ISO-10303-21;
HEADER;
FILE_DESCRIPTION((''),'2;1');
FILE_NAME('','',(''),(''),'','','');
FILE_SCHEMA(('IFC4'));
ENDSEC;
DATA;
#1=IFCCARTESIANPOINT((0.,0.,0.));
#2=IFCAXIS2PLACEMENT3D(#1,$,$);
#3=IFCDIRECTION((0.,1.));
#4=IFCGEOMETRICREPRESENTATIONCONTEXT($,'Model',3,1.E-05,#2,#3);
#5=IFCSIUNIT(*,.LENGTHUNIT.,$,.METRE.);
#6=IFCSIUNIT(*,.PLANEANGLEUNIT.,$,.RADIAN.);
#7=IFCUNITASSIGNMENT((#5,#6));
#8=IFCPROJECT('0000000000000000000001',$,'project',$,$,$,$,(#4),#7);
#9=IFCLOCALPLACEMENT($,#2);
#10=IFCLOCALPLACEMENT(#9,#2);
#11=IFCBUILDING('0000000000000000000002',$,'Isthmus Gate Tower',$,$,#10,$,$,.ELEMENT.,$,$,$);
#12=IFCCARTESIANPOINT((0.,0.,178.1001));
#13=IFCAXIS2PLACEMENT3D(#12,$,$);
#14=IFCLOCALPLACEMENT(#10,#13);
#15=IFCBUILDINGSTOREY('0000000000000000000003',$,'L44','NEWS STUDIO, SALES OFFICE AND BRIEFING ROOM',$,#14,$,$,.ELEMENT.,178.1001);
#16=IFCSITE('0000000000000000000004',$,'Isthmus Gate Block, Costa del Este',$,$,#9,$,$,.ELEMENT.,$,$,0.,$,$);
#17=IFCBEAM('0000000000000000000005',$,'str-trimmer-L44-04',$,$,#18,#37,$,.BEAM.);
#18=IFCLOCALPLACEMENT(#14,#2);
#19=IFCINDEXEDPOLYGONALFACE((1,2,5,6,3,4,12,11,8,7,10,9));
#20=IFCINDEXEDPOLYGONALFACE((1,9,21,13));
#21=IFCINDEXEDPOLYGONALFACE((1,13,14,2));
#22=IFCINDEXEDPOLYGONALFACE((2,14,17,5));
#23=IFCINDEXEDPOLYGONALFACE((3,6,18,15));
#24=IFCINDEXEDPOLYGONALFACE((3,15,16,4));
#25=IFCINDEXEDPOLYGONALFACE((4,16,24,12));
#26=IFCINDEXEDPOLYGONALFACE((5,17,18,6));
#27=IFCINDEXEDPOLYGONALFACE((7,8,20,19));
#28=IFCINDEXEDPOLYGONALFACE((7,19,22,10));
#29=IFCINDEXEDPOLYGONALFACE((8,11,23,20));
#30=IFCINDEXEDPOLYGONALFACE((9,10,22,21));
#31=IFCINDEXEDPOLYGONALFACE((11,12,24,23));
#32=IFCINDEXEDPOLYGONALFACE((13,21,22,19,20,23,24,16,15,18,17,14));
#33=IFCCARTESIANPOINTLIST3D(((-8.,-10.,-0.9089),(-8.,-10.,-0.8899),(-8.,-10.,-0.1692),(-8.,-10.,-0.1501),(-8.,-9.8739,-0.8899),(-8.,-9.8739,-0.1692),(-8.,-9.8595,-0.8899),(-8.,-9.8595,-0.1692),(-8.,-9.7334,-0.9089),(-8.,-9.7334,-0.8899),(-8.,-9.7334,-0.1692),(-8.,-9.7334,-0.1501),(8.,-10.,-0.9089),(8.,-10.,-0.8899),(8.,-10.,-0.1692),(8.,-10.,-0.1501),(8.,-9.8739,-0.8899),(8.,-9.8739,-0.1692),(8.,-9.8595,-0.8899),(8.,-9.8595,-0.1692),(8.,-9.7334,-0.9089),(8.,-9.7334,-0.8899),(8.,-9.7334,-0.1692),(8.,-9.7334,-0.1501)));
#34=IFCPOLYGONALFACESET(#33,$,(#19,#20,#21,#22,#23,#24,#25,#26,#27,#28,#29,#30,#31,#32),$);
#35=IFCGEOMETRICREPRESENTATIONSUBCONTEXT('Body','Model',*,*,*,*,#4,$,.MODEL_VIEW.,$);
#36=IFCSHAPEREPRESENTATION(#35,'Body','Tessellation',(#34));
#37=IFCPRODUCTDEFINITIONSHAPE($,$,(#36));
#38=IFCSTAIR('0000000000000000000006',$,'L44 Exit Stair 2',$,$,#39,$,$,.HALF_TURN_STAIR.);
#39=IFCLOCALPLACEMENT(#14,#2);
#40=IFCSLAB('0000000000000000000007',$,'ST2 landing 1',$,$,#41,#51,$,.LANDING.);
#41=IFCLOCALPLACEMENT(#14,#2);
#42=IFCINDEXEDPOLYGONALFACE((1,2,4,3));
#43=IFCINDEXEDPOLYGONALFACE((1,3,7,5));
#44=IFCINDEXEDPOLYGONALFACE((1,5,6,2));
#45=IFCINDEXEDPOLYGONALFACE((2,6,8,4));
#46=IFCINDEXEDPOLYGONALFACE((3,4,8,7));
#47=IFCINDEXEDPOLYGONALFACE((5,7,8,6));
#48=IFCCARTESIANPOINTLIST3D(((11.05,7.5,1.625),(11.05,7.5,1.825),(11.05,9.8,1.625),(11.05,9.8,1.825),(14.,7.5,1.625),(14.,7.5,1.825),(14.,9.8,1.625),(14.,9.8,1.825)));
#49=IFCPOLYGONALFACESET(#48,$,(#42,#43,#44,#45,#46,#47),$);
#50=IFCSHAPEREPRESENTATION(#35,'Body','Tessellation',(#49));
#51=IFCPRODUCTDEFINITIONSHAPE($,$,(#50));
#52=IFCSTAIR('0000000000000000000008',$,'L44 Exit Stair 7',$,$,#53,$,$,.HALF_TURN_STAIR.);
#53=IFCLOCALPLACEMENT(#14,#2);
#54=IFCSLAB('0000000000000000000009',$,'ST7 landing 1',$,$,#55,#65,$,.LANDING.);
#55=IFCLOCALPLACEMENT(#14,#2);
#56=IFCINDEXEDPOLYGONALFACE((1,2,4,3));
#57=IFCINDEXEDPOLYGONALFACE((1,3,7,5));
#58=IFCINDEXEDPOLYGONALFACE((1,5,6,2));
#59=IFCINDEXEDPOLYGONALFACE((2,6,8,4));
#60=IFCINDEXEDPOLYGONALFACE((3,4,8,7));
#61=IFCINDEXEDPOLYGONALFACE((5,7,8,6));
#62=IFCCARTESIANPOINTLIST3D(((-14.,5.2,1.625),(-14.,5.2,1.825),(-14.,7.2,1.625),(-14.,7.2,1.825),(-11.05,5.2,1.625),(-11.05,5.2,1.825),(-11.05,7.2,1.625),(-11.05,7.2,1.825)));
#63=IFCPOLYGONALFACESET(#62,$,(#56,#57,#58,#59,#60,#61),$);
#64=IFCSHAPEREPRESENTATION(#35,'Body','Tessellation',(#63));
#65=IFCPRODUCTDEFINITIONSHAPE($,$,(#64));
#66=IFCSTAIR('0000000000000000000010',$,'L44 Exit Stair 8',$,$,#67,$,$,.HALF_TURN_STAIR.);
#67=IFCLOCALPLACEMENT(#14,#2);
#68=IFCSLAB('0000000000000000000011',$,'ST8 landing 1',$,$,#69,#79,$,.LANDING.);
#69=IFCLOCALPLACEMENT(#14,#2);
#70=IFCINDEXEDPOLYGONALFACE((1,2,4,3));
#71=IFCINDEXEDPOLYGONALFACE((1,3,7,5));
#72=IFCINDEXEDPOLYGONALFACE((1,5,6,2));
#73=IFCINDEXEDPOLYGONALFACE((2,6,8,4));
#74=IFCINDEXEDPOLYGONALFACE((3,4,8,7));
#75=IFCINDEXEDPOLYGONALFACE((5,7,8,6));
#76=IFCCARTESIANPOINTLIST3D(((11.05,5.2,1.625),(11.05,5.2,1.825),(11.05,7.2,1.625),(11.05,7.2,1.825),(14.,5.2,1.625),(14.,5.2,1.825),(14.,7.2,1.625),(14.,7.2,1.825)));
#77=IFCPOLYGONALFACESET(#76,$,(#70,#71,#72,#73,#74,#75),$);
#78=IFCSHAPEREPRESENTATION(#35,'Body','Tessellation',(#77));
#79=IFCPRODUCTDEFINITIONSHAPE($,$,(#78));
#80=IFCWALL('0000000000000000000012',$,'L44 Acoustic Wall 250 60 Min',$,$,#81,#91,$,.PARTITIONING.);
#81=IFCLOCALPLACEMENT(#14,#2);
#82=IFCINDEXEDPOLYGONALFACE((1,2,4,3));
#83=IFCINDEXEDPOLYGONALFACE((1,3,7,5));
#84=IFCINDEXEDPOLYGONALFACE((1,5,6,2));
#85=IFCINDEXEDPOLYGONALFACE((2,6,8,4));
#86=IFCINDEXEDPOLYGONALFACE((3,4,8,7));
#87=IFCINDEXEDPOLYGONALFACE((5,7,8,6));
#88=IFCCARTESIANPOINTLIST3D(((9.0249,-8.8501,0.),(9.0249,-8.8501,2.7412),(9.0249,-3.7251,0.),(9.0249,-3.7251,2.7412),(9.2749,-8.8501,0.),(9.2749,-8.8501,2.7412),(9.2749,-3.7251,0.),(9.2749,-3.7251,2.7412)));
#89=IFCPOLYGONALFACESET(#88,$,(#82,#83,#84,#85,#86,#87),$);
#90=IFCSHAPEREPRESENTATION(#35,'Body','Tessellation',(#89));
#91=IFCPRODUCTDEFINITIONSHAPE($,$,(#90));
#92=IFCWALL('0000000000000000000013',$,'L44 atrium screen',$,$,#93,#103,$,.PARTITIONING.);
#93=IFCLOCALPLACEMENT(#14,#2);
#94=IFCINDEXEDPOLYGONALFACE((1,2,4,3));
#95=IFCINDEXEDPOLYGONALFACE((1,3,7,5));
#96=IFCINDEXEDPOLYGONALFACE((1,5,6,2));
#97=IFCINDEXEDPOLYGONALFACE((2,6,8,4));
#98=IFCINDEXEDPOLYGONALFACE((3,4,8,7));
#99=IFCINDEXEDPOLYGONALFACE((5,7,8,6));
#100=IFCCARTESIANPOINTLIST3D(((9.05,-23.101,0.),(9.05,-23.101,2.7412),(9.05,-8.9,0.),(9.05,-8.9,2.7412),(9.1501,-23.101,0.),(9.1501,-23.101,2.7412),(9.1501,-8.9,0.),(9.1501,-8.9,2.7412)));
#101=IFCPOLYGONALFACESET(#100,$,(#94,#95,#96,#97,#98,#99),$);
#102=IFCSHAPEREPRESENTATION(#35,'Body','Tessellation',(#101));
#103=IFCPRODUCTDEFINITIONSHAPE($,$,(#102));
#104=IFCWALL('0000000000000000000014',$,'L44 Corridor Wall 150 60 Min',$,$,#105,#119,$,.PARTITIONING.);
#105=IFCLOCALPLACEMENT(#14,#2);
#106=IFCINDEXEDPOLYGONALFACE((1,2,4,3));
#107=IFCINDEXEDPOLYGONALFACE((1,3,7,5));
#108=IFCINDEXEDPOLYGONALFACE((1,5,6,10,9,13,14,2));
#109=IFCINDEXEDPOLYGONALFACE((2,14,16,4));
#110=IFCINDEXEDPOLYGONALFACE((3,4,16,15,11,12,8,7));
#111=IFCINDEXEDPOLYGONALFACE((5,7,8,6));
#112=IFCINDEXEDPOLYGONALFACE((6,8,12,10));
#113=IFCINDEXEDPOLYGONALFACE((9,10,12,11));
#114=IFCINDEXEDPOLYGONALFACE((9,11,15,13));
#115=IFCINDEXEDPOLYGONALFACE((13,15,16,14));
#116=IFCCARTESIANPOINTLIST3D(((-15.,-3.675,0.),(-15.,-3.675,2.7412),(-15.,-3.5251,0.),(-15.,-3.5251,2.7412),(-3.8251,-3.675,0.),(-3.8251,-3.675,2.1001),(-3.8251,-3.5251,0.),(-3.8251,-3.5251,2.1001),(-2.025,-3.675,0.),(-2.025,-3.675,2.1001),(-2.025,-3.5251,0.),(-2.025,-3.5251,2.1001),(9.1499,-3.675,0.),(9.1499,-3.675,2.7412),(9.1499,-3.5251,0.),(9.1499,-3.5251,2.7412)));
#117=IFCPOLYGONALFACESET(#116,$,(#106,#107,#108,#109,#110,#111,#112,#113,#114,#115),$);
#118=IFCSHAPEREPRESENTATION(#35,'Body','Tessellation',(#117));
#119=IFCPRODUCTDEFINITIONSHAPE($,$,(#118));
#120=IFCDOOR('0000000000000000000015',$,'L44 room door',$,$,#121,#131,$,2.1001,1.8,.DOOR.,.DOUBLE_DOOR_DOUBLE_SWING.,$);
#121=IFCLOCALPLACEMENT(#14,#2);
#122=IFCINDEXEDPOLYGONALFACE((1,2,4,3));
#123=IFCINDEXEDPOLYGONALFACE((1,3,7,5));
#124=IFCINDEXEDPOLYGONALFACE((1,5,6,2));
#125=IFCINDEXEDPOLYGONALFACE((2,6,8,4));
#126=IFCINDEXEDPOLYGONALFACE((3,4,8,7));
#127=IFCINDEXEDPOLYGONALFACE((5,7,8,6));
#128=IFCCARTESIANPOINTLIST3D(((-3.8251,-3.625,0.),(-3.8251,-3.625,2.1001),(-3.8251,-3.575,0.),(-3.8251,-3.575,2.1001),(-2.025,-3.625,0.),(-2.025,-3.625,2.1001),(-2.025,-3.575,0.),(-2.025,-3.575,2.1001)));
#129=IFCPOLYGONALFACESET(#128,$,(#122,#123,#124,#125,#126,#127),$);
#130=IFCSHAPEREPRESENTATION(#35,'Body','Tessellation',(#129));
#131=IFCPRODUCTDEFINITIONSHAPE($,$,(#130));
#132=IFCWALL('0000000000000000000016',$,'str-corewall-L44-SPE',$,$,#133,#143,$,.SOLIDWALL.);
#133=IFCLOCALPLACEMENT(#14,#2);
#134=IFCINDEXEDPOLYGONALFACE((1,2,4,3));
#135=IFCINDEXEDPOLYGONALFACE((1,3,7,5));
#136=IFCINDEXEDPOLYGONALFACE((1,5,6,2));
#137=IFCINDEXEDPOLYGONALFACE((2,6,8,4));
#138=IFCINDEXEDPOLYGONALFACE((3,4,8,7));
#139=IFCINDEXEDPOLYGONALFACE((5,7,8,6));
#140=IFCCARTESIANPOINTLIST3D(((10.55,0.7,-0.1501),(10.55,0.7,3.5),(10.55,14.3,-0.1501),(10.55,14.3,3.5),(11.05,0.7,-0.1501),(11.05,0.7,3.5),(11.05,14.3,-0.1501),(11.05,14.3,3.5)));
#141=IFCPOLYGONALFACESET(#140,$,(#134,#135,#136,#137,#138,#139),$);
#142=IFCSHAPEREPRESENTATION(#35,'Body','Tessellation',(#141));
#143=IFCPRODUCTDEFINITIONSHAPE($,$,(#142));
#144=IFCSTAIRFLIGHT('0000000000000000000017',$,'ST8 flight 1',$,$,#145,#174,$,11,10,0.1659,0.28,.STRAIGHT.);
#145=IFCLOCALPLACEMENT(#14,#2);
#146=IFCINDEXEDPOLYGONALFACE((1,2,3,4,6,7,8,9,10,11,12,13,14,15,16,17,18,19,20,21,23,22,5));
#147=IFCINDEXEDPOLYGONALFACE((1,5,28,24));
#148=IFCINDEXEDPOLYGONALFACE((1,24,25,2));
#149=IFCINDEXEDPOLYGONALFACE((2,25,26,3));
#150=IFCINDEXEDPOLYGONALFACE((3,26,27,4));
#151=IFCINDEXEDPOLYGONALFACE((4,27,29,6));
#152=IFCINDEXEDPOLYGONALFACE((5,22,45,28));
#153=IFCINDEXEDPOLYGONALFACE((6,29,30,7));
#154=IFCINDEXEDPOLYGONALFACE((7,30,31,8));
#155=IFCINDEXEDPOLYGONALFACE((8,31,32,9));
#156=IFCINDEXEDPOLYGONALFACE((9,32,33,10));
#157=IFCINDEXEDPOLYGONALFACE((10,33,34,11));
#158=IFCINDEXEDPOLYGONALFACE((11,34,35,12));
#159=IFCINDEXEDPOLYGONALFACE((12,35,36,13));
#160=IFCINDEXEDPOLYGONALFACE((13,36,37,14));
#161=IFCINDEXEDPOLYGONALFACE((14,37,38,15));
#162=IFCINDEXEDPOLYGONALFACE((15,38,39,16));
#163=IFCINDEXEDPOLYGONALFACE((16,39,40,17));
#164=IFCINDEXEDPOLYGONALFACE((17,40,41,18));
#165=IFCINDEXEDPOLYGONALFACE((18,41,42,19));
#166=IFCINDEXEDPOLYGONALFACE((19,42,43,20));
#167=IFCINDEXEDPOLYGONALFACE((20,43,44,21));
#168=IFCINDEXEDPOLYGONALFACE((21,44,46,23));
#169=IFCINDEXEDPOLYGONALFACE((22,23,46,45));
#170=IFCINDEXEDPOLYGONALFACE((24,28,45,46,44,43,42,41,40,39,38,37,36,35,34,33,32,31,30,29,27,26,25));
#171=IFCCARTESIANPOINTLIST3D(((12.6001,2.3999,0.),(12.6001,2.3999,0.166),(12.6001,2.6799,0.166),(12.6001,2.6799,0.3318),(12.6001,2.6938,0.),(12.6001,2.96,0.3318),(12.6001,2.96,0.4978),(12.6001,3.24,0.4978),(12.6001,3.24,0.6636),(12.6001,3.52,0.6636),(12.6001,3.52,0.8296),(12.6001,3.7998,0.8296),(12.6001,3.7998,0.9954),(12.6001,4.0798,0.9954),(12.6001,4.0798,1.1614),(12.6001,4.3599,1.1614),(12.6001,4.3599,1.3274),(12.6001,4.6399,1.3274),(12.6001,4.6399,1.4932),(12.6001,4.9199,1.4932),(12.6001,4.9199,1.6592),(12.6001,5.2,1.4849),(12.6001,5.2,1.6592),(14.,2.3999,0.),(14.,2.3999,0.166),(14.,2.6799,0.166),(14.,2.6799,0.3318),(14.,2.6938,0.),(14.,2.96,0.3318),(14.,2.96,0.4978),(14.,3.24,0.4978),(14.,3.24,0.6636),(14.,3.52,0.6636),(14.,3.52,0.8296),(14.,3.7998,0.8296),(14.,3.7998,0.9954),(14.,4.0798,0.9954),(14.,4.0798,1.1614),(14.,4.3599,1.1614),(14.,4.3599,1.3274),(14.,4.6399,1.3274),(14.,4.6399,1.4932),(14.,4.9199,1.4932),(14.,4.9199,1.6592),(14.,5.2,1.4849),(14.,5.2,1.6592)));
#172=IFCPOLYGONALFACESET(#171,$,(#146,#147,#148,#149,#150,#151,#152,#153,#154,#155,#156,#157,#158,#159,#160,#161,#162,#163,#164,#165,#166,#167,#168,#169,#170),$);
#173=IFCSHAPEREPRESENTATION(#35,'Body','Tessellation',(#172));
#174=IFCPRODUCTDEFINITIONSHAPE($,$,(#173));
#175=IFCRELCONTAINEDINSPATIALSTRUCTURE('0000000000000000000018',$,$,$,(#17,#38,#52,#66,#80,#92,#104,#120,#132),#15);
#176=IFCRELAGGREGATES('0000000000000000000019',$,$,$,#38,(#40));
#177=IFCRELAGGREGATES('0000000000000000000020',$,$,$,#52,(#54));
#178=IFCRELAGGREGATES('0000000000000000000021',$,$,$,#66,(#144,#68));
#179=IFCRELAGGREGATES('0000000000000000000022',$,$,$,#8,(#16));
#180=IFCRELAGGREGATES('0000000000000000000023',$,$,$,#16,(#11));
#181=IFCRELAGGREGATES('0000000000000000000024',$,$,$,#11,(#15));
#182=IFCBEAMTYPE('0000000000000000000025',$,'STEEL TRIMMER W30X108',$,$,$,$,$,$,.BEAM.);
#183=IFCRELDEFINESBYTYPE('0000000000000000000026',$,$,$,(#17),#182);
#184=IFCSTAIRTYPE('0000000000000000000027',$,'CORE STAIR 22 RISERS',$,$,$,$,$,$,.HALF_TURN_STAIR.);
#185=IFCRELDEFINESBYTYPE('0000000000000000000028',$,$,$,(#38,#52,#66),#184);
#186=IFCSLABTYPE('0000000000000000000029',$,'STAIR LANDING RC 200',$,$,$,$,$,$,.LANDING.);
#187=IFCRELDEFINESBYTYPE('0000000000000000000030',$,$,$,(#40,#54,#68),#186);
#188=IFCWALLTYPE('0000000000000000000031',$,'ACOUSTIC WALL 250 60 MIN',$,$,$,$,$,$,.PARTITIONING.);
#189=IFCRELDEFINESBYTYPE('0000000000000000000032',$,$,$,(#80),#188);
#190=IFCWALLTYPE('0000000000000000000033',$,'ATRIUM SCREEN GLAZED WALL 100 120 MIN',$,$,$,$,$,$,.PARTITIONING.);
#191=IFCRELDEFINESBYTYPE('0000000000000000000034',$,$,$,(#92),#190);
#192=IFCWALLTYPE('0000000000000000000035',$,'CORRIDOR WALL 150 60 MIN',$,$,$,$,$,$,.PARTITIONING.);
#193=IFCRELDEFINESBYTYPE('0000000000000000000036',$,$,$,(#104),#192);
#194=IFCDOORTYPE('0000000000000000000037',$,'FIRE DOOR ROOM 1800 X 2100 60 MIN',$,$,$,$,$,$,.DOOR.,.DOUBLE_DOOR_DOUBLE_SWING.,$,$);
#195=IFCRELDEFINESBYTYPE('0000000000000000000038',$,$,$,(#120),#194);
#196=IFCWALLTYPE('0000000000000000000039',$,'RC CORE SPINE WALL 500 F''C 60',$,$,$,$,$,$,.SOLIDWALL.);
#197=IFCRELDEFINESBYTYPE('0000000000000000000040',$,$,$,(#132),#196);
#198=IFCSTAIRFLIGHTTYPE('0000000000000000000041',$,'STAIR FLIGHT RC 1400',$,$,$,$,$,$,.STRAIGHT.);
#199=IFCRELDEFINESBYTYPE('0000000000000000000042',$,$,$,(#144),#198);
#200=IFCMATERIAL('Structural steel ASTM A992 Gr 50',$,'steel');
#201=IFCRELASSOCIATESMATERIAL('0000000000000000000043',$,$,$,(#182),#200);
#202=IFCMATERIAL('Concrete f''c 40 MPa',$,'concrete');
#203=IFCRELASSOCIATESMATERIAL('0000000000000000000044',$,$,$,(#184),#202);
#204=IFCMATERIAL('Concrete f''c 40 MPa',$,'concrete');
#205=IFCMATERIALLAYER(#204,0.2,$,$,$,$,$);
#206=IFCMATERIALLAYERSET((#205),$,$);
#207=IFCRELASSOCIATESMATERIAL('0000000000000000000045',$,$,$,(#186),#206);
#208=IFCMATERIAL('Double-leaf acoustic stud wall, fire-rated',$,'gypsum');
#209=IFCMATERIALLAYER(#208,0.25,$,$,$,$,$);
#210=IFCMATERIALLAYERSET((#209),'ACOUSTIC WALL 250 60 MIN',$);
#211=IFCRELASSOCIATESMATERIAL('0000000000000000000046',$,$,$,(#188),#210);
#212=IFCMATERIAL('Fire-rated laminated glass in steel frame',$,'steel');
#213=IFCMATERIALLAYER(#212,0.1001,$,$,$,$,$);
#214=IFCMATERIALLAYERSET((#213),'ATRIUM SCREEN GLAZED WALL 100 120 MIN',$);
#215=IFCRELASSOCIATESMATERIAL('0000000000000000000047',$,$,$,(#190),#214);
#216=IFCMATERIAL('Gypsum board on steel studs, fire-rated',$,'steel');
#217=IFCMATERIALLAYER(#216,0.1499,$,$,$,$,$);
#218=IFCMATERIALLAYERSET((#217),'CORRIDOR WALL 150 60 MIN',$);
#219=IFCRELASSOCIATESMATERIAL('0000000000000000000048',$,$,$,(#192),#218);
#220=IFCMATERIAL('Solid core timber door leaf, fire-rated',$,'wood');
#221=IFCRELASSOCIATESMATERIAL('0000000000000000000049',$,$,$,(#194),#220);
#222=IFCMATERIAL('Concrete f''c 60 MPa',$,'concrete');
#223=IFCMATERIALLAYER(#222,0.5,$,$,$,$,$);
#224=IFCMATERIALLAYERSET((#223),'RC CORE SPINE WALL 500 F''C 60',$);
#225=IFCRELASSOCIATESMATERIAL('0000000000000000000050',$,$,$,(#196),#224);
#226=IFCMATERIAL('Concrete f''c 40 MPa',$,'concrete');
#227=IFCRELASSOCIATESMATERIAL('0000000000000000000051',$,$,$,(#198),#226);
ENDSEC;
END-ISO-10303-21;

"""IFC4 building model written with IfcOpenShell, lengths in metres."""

from ifc_helpers import new_model, si_unit, direction, frame, frame_2d, origin, origin_2d, place, context, subcontext, project, spatial, polyline, rectangle, i_section, outline, extrude, material, layer, layer_set, material_profile, profile_set, type_object, element, fill, aggregate, save


model = new_model("IFC4")

# Units and contexts
model_context = context("Model", 3, precision=1e-05, world=origin(), true_north=direction((0.0, 1.0)))
body_context = subcontext(model_context, "Body", "Model", "MODEL_VIEW")
ifc_project = project(units=[si_unit("LENGTHUNIT", "METRE"), si_unit("PLANEANGLEUNIT", "RADIAN")], contexts=[model_context])

# Site, building, storey
site_placement = place(None, origin())
site = spatial("IfcSite", under=ifc_project, at=site_placement, Name="Isthmus Gate Block, Costa del Este", CompositionType="ELEMENT", RefElevation=0.0)
building_placement = place(site_placement, origin())
building = spatial("IfcBuilding", under=site, at=building_placement, Name="Isthmus Gate Tower", CompositionType="ELEMENT")
storey_placement = place(building_placement, frame((0.0, 0.0, 178.1001)))
storey = spatial("IfcBuildingStorey", under=building, at=storey_placement, Name="L44", Description="NEWS STUDIO, SALES OFFICE AND BRIEFING ROOM", CompositionType="ELEMENT", Elevation=178.1001)

# Beam
ifc_material_1 = material(Name="Structural steel ASTM A992 Gr 50", Category="steel")
ifc_material_profile_1 = material_profile(ifc_material_1, i_section(OverallWidth=0.2666, OverallDepth=0.7588, WebThickness=0.0144, FlangeThickness=0.019, at=origin_2d()), Name="W30X108")
ifc_profile_set_1 = profile_set([ifc_material_profile_1], Name="Structural steel ASTM A992 Gr 50")
beam_type_1 = type_object("IfcBeamType", Name="STEEL TRIMMER W30X108", PredefinedType="BEAM", material=ifc_profile_set_1)
beam_1_placement = place(storey_placement, frame((8.0, -9.8667, -0.5295), z_axis=(-1.0, 0.0, 0.0), x_axis=(0.0, -1.0, 0.0)))
element("IfcBeam", 1, at=beam_1_placement, inside=storey, type_object=beam_type_1, Name="str-trimmer-L44-04", PredefinedType="BEAM", context=body_context, shape_type="SweptSolid", body=[
    extrude(i_section(OverallWidth=0.2666, OverallDepth=0.7588, WebThickness=0.0144, FlangeThickness=0.019, at=origin_2d()), origin(), (0.0, 0.0, 1.0), 16.0),
])

# Stairs, slabs
ifc_material_2 = material(Name="Concrete f'c 40 MPa", Category="concrete")
stair_type = type_object("IfcStairType", Name="CORE STAIR 22 RISERS", PredefinedType="HALF_TURN_STAIR", material=ifc_material_2)
stair_1_placement = place(storey_placement, origin())
stair_1 = element("IfcStair", 2, at=stair_1_placement, inside=storey, type_object=stair_type, Name="L44 Exit Stair 2", PredefinedType="HALF_TURN_STAIR")
ifc_material_3 = material(Name="Concrete f'c 40 MPa", Category="concrete")
ifc_layer_1 = layer(ifc_material_3, 0.2)
ifc_layer_set_1 = layer_set([ifc_layer_1])
slab_type = type_object("IfcSlabType", Name="STAIR LANDING RC 200", PredefinedType="LANDING", material=ifc_layer_set_1)
slab_1_placement = place(storey_placement, frame((0.0, 0.0, 1.625)))
slab_1 = element("IfcSlab", 3, at=slab_1_placement, type_object=slab_type, Name="ST2 landing 1", PredefinedType="LANDING", context=body_context, shape_type="SweptSolid", body=[
    extrude(outline(polyline([(11.05, 9.8), (11.05, 7.5), (14.0, 7.5), (14.0, 9.8), (11.05, 9.8)])), origin(), (0.0, 0.0, 1.0), 0.2),
])
aggregate(stair_1, [slab_1])
stair_2_placement = place(storey_placement, origin())
stair_2 = element("IfcStair", 4, at=stair_2_placement, inside=storey, type_object=stair_type, Name="L44 Exit Stair 7", PredefinedType="HALF_TURN_STAIR")
slab_2_placement = place(storey_placement, frame((0.0, 0.0, 1.625)))
slab_2 = element("IfcSlab", 5, at=slab_2_placement, type_object=slab_type, Name="ST7 landing 1", PredefinedType="LANDING", context=body_context, shape_type="SweptSolid", body=[
    extrude(outline(polyline([(-11.05, 5.2), (-11.05, 7.2), (-14.0, 7.2), (-14.0, 5.2), (-11.05, 5.2)])), origin(), (0.0, 0.0, 1.0), 0.2),
])
aggregate(stair_2, [slab_2])
stair_3_placement = place(storey_placement, origin())
stair_3 = element("IfcStair", 6, at=stair_3_placement, inside=storey, type_object=stair_type, Name="L44 Exit Stair 8", PredefinedType="HALF_TURN_STAIR")
slab_3_placement = place(storey_placement, frame((0.0, 0.0, 1.625)))
slab_3 = element("IfcSlab", 7, at=slab_3_placement, type_object=slab_type, Name="ST8 landing 1", PredefinedType="LANDING", context=body_context, shape_type="SweptSolid", body=[
    extrude(outline(polyline([(14.0, 5.2), (14.0, 7.2), (11.05, 7.2), (11.05, 5.2), (14.0, 5.2)])), origin(), (0.0, 0.0, 1.0), 0.2),
])

# Walls
ifc_material_4 = material(Name="Double-leaf acoustic stud wall, fire-rated", Category="gypsum")
ifc_layer_2 = layer(ifc_material_4, 0.25)
ifc_layer_set_2 = layer_set([ifc_layer_2], Name="ACOUSTIC WALL 250 60 MIN")
wall_type_1 = type_object("IfcWallType", Name="ACOUSTIC WALL 250 60 MIN", PredefinedType="PARTITIONING", material=ifc_layer_set_2)
wall_1_placement = place(storey_placement, frame((9.1499, -8.8501, 0.0), z_axis=(0.0, 0.0, 1.0), x_axis=(0.0, 1.0, 0.0)))
element("IfcWall", 8, at=wall_1_placement, inside=storey, type_object=wall_type_1, Name="L44 Acoustic Wall 250 60 Min", PredefinedType="PARTITIONING", context=body_context, shape_type="SweptSolid", body=[
    extrude(rectangle(XDim=5.125, YDim=0.25, at=frame_2d((2.5625, 0.0))), origin(), (0.0, 0.0, 1.0), 2.7412),
])
ifc_material_5 = material(Name="Fire-rated laminated glass in steel frame", Category="steel")
ifc_layer_3 = layer(ifc_material_5, 0.1001)
ifc_layer_set_3 = layer_set([ifc_layer_3], Name="ATRIUM SCREEN GLAZED WALL 100 120 MIN")
wall_type_2 = type_object("IfcWallType", Name="ATRIUM SCREEN GLAZED WALL 100 120 MIN", PredefinedType="PARTITIONING", material=ifc_layer_set_3)
wall_2_placement = place(storey_placement, frame((9.1001, -8.8999, 0.0), z_axis=(0.0, 0.0, 1.0), x_axis=(0.0, -1.0, 0.0)))
element("IfcWall", 9, at=wall_2_placement, inside=storey, type_object=wall_type_2, Name="L44 atrium screen", PredefinedType="PARTITIONING", context=body_context, shape_type="SweptSolid", body=[
    extrude(rectangle(XDim=14.2009, YDim=0.1001, at=frame_2d((7.1006, 0.0))), origin(), (0.0, 0.0, 1.0), 2.7412),
])

# Wall, opening, door
ifc_material_6 = material(Name="Gypsum board on steel studs, fire-rated", Category="steel")
ifc_layer_4 = layer(ifc_material_6, 0.1499)
ifc_layer_set_4 = layer_set([ifc_layer_4], Name="CORRIDOR WALL 150 60 MIN")
wall_type_3 = type_object("IfcWallType", Name="CORRIDOR WALL 150 60 MIN", PredefinedType="PARTITIONING", material=ifc_layer_set_4)
wall_3_placement = place(storey_placement, frame((9.1499, -3.6001, 0.0), z_axis=(0.0, 0.0, 1.0), x_axis=(-1.0, 0.0, 0.0)))
wall_3 = element("IfcWall", 10, at=wall_3_placement, inside=storey, type_object=wall_type_3, Name="L44 Corridor Wall 150 60 Min", PredefinedType="PARTITIONING", context=body_context, shape_type="SweptSolid", body=[
    extrude(rectangle(XDim=24.1499, YDim=0.1499, at=frame_2d((12.075, 0.0))), origin(), (0.0, 0.0, 1.0), 2.7412),
])
opening_placement = place(wall_3_placement, frame((11.175, 0.0, 0.0)))
opening = element("IfcOpeningElement", 11, at=opening_placement, cuts=wall_3, PredefinedType="OPENING", context=body_context, shape_type="SweptSolid", body=[
    extrude(rectangle(XDim=1.8, YDim=2.1001, at=frame_2d((0.8999, 1.05))), frame((0.0, 0.085, 0.0), z_axis=(0.0, -1.0, 0.0), x_axis=(1.0, 0.0, 0.0)), (0.0, 0.0, 1.0), 0.1699),
])
ifc_material_7 = material(Name="Solid core timber door leaf, fire-rated", Category="wood")
door_type = type_object("IfcDoorType", Name="FIRE DOOR ROOM 1800 X 2100 60 MIN", OperationType="DOUBLE_DOOR_DOUBLE_SWING", PredefinedType="DOOR", material=ifc_material_7)
door_placement = place(opening_placement, origin())
door = element("IfcDoor", 12, at=door_placement, inside=storey, type_object=door_type, Name="L44 room door", OperationType="DOUBLE_DOOR_DOUBLE_SWING", OverallHeight=2.1001, OverallWidth=1.8, PredefinedType="DOOR", context=body_context, shape_type="SweptSolid", body=[
    extrude(rectangle(XDim=1.8, YDim=2.1001, at=frame_2d((0.8999, 1.05))), frame((0.0, 0.0249, 0.0), z_axis=(0.0, -1.0, 0.0), x_axis=(1.0, 0.0, 0.0)), (0.0, 0.0, 1.0), 0.05),
])
fill(opening, door)

# Wall
ifc_material_8 = material(Name="Concrete f'c 60 MPa", Category="concrete")
ifc_layer_5 = layer(ifc_material_8, 0.5)
ifc_layer_set_5 = layer_set([ifc_layer_5], Name="RC CORE SPINE WALL 500 F'C 60")
wall_type_4 = type_object("IfcWallType", Name="RC CORE SPINE WALL 500 F'C 60", PredefinedType="SOLIDWALL", material=ifc_layer_set_5)
wall_4_placement = place(storey_placement, frame((10.8, 0.7, -0.1501), z_axis=(0.0, 0.0, 1.0), x_axis=(0.0, 1.0, 0.0)))
element("IfcWall", 13, at=wall_4_placement, inside=storey, type_object=wall_type_4, Name="str-corewall-L44-SPE", PredefinedType="SOLIDWALL", context=body_context, shape_type="SweptSolid", body=[
    extrude(rectangle(XDim=13.6001, YDim=0.5, at=frame_2d((6.8, 0.0))), origin(), (0.0, 0.0, 1.0), 3.6501),
])

# Stair flight
ifc_material_9 = material(Name="Concrete f'c 40 MPa", Category="concrete")
stair_flight_type = type_object("IfcStairFlightType", Name="STAIR FLIGHT RC 1400", PredefinedType="STRAIGHT", material=ifc_material_9)
stair_flight_placement = place(storey_placement, frame((13.3, 2.3999, 0.0), z_axis=(0.0, 0.0, 1.0), x_axis=(0.0, 1.0, 0.0)))
stair_flight = element("IfcStairFlight", 14, at=stair_flight_placement, type_object=stair_flight_type, Name="ST8 flight 1", NumberOfRisers=11, NumberOfTreads=10, PredefinedType="STRAIGHT", RiserHeight=0.1659, TreadLength=0.28, context=body_context, shape_type="SweptSolid", body=[
    extrude(outline(polyline([(0.0, 0.0), (0.0, 0.166), (0.28, 0.166), (0.28, 0.3318), (0.5601, 0.3318), (0.5601, 0.4978), (0.8401, 0.4978), (0.8401, 0.6636), (1.1201, 0.6636), (1.1201, 0.8296), (1.3999, 0.8296), (1.3999, 0.9954), (1.6799, 0.9954), (1.6799, 1.1614), (1.96, 1.1614), (1.96, 1.3274), (2.24, 1.3274), (2.24, 1.4932), (2.52, 1.4932), (2.52, 1.6592), (2.8, 1.6592), (2.8, 1.825), (2.8, 1.4849), (0.2939, 0.0), (0.0, 0.0)])), frame((0.0, 0.7, 0.0), z_axis=(0.0, -1.0, 0.0), x_axis=(1.0, 0.0, 0.0)), (0.0, 0.0, 1.0), 1.3999),
])
aggregate(stair_3, [stair_flight, slab_3])

save(model, "model.ifc")
